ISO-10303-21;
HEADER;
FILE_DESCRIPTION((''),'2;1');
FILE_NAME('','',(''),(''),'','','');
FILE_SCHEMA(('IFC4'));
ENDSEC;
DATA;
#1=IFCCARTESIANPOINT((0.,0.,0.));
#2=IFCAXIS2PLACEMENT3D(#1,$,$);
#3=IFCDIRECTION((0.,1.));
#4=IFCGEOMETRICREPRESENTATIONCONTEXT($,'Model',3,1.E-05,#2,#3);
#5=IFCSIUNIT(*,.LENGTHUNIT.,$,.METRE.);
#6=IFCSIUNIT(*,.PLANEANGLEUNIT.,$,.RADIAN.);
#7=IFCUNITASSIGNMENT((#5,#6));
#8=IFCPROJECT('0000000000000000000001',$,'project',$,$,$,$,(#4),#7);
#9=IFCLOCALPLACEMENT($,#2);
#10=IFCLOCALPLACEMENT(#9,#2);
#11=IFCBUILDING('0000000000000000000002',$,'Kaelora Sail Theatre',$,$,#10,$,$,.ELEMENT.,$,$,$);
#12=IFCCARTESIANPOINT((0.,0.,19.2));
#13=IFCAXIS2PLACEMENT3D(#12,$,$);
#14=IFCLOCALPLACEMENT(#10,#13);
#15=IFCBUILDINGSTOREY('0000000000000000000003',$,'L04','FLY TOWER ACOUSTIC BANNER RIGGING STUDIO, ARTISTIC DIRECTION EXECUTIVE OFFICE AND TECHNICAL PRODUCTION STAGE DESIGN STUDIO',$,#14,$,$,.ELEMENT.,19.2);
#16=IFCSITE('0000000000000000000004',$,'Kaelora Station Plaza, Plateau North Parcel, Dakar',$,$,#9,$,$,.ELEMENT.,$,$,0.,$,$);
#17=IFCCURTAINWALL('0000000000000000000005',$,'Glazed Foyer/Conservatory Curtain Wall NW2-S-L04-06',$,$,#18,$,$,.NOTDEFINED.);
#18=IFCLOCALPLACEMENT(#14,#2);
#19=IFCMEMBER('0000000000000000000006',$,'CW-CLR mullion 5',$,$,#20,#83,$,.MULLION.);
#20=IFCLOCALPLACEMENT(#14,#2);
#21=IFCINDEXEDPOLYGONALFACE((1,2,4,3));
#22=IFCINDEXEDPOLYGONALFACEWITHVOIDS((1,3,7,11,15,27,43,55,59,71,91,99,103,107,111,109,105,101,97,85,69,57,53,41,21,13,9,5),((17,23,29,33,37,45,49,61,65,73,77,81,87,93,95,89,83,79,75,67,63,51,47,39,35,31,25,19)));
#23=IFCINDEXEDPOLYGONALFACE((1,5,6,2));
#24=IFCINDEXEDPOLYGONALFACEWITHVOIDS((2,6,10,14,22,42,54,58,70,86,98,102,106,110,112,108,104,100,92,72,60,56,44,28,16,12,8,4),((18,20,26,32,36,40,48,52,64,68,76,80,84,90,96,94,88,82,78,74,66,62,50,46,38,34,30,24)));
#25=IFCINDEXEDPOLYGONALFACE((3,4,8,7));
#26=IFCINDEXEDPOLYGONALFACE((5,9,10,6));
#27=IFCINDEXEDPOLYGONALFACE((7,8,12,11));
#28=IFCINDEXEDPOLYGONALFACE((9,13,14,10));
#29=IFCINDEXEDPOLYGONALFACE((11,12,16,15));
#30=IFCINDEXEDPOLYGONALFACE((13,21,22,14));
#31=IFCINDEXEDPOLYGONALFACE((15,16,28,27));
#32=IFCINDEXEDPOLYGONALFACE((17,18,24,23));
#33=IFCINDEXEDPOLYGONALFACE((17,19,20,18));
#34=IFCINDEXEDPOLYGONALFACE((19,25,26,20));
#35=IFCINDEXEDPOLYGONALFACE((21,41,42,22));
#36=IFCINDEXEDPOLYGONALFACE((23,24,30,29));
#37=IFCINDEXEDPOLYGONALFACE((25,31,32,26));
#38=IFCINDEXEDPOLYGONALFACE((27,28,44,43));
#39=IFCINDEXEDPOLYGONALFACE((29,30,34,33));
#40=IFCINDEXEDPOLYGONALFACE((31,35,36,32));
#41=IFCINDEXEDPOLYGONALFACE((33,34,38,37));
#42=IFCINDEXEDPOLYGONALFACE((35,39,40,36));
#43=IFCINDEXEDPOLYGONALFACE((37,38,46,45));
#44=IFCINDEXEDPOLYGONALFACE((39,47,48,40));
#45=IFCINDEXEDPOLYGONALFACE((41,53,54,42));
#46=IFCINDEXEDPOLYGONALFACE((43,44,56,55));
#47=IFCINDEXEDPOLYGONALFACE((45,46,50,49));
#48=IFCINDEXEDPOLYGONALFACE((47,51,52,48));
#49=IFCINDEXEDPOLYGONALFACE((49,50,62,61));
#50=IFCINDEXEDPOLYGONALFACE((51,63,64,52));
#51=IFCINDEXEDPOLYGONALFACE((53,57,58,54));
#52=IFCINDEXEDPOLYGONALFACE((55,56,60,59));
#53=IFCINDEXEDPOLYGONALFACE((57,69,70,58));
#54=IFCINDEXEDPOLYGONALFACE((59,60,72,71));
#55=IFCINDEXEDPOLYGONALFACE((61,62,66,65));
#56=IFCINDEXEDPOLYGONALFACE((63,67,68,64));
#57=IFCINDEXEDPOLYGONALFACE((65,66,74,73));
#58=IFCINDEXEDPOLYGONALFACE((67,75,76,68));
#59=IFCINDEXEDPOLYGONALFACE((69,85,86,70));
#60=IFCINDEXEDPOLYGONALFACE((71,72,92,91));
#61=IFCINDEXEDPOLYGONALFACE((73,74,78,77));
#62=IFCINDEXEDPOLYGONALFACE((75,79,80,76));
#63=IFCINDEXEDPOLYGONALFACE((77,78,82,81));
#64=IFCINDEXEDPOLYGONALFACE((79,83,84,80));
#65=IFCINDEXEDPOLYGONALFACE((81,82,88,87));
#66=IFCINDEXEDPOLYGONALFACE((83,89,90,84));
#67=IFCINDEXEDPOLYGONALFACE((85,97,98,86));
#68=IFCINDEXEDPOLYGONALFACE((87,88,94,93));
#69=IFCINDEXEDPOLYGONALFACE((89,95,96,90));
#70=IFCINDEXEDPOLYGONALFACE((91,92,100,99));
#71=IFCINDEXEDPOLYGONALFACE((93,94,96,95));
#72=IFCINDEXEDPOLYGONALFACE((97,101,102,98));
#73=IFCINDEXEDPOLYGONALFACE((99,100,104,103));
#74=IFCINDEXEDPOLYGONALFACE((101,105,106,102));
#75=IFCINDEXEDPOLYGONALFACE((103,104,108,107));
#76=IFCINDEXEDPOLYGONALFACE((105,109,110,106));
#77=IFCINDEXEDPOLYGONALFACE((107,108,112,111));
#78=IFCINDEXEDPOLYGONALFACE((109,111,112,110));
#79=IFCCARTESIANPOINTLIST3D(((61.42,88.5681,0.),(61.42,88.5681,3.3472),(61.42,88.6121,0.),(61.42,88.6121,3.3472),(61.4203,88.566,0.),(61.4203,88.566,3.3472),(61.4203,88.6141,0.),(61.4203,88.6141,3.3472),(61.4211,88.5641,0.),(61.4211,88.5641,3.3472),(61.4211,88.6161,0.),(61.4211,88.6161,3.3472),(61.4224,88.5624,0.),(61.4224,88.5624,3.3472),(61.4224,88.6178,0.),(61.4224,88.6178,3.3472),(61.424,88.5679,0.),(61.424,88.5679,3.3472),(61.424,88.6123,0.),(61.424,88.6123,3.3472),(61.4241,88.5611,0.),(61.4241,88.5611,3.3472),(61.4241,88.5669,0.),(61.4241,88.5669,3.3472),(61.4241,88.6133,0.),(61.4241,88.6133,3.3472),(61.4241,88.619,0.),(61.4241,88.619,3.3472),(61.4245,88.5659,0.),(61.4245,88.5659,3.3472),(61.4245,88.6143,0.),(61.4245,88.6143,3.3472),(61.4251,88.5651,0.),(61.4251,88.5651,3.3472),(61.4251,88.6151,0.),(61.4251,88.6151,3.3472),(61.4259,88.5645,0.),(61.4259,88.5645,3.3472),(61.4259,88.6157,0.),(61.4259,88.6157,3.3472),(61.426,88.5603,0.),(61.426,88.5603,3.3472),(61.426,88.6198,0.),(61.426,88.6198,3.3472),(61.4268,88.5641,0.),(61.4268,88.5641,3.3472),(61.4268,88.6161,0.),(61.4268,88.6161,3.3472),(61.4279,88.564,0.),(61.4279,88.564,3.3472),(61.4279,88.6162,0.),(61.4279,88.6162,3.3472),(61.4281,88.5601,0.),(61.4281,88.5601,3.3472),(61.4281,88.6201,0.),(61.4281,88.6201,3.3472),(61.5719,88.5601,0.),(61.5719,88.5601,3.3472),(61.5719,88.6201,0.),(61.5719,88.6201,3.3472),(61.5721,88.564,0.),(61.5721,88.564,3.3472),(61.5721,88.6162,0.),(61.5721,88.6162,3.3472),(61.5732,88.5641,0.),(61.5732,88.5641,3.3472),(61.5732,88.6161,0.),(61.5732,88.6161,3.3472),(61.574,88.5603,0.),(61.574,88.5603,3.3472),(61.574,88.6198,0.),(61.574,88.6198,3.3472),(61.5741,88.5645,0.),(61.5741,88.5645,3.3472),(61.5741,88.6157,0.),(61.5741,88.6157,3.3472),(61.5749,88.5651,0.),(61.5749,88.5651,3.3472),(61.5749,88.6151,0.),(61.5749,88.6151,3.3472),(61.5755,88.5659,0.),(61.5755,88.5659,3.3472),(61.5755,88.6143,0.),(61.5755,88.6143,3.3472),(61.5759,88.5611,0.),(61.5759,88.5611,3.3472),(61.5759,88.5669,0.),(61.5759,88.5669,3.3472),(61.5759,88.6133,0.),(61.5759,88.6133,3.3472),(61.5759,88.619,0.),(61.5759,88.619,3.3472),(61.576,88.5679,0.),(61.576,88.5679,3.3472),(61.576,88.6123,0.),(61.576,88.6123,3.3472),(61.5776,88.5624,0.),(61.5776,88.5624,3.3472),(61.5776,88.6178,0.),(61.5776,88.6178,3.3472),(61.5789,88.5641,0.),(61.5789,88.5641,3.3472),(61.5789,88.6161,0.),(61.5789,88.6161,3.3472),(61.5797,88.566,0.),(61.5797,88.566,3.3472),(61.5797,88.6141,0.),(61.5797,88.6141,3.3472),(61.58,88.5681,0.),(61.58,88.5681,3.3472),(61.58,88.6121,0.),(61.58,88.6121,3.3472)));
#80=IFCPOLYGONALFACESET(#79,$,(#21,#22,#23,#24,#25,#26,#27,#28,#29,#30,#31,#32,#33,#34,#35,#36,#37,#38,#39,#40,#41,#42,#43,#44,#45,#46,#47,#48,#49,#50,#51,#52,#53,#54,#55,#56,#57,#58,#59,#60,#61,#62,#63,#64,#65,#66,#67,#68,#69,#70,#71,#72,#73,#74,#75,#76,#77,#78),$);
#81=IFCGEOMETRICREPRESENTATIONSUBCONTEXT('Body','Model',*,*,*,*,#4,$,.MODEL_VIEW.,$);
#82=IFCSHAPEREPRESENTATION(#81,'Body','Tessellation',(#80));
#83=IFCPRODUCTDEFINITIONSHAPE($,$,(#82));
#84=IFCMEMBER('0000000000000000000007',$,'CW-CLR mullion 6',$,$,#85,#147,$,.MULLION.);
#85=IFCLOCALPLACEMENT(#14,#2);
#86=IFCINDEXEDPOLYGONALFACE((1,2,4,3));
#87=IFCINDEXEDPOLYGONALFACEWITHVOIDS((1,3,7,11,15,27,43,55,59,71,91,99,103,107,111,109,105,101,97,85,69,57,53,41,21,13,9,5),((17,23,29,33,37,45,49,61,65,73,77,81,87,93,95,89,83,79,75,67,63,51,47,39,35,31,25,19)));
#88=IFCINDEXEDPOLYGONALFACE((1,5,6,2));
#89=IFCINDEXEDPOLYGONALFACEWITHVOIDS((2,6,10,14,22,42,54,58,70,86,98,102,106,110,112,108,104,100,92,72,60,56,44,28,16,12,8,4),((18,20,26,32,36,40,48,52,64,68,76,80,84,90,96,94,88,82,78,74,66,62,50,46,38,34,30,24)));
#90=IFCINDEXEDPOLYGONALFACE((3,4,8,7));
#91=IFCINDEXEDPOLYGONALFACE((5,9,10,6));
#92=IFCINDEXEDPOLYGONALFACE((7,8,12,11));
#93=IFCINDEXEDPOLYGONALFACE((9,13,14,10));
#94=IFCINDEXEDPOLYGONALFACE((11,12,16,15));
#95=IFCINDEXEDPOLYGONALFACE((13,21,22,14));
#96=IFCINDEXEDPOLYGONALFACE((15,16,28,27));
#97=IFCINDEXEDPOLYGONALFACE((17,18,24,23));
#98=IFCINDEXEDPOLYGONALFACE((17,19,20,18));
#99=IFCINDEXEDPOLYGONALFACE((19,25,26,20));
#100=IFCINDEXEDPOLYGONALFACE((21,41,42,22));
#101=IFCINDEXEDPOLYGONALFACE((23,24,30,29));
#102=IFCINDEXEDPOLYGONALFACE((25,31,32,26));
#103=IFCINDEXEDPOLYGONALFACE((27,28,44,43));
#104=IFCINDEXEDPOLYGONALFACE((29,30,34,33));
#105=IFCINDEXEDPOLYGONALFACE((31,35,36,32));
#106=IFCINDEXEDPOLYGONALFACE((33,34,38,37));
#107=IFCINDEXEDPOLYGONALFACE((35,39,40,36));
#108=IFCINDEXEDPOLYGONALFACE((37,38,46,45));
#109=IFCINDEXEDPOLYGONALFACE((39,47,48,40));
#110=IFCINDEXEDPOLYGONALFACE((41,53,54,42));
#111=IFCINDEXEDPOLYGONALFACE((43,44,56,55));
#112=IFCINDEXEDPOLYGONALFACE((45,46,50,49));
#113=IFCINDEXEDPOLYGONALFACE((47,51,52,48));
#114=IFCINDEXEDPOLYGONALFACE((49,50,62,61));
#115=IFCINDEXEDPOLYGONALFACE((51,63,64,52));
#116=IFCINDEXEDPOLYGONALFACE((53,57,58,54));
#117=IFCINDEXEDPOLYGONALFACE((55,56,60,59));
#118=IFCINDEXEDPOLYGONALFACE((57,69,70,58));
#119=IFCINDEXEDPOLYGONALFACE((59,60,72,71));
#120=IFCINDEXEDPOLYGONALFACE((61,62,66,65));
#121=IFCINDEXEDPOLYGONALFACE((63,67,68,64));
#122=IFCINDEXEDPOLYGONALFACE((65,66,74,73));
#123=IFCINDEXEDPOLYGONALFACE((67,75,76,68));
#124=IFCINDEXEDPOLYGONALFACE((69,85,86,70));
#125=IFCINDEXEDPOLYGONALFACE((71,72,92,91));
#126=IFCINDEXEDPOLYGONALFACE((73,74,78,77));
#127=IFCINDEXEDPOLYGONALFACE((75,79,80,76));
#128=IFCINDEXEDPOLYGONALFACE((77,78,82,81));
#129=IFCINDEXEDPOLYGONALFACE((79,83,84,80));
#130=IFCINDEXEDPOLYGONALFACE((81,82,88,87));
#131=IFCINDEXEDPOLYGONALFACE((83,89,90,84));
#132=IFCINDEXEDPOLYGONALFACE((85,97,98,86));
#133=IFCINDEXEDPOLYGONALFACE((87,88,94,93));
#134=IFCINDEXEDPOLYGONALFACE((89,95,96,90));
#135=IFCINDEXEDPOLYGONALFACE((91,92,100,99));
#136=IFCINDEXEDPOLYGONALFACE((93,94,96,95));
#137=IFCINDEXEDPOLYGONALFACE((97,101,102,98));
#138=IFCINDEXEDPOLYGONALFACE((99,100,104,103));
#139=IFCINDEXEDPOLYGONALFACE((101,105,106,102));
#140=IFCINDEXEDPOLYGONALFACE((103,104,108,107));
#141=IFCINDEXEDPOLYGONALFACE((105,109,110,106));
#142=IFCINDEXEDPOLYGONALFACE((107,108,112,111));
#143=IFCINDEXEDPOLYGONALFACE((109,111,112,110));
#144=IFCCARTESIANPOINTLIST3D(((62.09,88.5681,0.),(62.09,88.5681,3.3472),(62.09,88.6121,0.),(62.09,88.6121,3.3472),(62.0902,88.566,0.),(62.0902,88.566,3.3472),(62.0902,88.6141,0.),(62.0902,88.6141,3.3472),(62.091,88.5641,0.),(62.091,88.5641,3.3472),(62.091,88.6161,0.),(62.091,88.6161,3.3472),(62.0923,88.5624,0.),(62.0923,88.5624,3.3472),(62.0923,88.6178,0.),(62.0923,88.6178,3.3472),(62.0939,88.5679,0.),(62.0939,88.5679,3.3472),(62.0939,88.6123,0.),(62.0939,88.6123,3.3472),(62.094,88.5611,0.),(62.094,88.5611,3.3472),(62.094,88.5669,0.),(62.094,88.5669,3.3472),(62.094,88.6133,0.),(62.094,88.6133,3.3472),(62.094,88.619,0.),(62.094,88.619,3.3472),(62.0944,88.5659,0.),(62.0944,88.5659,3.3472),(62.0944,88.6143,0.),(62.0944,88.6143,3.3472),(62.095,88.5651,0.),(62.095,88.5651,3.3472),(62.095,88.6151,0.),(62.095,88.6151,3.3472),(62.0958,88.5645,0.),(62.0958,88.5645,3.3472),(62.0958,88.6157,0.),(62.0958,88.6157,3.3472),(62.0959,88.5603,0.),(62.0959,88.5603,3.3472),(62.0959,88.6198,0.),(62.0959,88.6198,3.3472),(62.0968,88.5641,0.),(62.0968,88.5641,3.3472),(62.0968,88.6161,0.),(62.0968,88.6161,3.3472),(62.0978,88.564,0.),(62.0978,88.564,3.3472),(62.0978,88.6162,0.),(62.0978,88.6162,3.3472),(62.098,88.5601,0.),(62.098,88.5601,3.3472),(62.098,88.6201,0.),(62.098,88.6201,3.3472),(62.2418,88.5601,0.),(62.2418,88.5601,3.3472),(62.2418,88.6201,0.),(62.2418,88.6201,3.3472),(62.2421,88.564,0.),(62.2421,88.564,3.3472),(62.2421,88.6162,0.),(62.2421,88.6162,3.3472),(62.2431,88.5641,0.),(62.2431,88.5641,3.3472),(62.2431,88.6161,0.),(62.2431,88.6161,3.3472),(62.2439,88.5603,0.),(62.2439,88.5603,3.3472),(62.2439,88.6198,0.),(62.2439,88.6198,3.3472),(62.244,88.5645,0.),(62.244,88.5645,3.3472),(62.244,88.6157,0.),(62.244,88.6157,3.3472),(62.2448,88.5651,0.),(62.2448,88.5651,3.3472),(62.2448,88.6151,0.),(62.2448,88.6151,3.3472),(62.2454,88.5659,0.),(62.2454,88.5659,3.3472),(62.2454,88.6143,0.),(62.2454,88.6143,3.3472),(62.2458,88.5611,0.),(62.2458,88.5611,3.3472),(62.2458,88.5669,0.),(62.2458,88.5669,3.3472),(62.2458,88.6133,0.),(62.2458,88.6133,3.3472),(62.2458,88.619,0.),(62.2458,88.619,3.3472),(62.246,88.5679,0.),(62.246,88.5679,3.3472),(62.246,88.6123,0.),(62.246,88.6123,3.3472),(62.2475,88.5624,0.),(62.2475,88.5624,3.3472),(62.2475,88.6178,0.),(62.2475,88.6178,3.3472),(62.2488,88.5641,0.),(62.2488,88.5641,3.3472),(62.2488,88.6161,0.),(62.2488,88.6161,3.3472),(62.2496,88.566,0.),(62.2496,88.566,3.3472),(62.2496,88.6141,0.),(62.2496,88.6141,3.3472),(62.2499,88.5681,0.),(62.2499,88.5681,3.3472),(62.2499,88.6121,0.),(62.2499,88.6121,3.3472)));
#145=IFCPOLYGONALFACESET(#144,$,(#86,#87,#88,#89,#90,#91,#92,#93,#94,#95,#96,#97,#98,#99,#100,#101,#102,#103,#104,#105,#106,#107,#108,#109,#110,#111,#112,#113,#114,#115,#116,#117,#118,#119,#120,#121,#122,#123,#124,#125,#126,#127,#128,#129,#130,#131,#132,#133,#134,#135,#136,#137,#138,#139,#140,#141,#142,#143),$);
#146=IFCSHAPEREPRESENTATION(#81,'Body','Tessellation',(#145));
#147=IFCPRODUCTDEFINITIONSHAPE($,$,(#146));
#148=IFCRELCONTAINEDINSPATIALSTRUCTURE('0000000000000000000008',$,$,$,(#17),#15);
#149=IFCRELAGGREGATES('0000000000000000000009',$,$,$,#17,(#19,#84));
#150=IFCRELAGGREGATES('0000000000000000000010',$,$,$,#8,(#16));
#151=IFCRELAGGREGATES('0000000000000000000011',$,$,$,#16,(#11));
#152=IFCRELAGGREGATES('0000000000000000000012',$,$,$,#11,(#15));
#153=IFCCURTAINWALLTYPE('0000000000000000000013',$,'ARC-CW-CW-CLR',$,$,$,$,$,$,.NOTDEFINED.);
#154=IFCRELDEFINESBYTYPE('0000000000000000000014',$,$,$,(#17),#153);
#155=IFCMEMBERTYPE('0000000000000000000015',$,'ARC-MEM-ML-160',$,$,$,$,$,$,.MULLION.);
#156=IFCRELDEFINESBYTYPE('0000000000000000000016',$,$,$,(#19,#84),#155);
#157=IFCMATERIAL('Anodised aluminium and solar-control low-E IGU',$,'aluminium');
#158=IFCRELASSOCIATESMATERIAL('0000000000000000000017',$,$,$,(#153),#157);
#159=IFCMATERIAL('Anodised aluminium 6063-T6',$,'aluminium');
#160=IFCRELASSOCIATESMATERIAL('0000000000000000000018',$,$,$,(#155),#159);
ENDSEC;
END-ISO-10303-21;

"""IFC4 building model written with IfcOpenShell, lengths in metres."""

from ifc_helpers import new_model, si_unit, direction, frame, origin, origin_2d, place, context, subcontext, project, spatial, hollow_rectangle, extrude, material, material_profile, profile_set, type_object, element, aggregate, save


model = new_model("IFC4")

# Units and contexts
model_context = context("Model", 3, precision=1e-05, world=origin(), true_north=direction((0.0, 1.0)))
body_context = subcontext(model_context, "Body", "Model", "MODEL_VIEW")
ifc_project = project(units=[si_unit("LENGTHUNIT", "METRE"), si_unit("PLANEANGLEUNIT", "RADIAN")], contexts=[model_context])

# Site, building, storey
site_placement = place(None, origin())
site = spatial("IfcSite", under=ifc_project, at=site_placement, Name="Kaelora Station Plaza, Plateau North Parcel, Dakar", CompositionType="ELEMENT", RefElevation=0.0)
building_placement = place(site_placement, origin())
building = spatial("IfcBuilding", under=site, at=building_placement, Name="Kaelora Sail Theatre", CompositionType="ELEMENT")
storey_placement = place(building_placement, frame((0.0, 0.0, 19.2)))
storey = spatial("IfcBuildingStorey", under=building, at=storey_placement, Name="L04", Description="FLY TOWER ACOUSTIC BANNER RIGGING STUDIO, ARTISTIC DIRECTION EXECUTIVE OFFICE AND TECHNICAL PRODUCTION STAGE DESIGN STUDIO", CompositionType="ELEMENT", Elevation=19.2)

# Curtain wall, members
ifc_material_1 = material(Name="Anodised aluminium and solar-control low-E IGU", Category="aluminium")
curtain_wall_type = type_object("IfcCurtainWallType", Name="ARC-CW-CW-CLR", PredefinedType="NOTDEFINED", material=ifc_material_1)
curtain_wall_1_placement = place(storey_placement, origin())
curtain_wall_1 = element("IfcCurtainWall", 1, at=curtain_wall_1_placement, inside=storey, type_object=curtain_wall_type, Name="Glazed Foyer/Conservatory Curtain Wall NW2-S-L04-06", PredefinedType="NOTDEFINED")
ifc_material_2 = material(Name="Anodised aluminium 6063-T6", Category="aluminium")
ifc_material_profile_1 = material_profile(ifc_material_2, hollow_rectangle(XDim=0.0601, YDim=0.1599, WallThickness=0.0039, InnerFilletRadius=0.0039, OuterFilletRadius=0.0081, at=origin_2d()), Name="ALU-MULL 60x160x4")
ifc_profile_set_1 = profile_set([ifc_material_profile_1], Name="Anodised aluminium 6063-T6")
member_type_1 = type_object("IfcMemberType", Name="ARC-MEM-ML-160", PredefinedType="MULLION", material=ifc_profile_set_1)
member_1_placement = place(storey_placement, frame((61.5, 88.5901, 0.0), z_axis=(0.0, 0.0, 1.0), x_axis=(0.0, 1.0, 0.0)))
member_1 = element("IfcMember", 2, at=member_1_placement, type_object=member_type_1, Name="CW-CLR mullion 5", PredefinedType="MULLION", context=body_context, shape_type="SweptSolid", body=[
    extrude(hollow_rectangle(XDim=0.0601, YDim=0.1599, WallThickness=0.0039, InnerFilletRadius=0.0039, OuterFilletRadius=0.0081, at=origin_2d()), origin(), (0.0, 0.0, 1.0), 3.3472),
])
member_2_placement = place(storey_placement, frame((62.1699, 88.5901, 0.0), z_axis=(0.0, 0.0, 1.0), x_axis=(0.0, 1.0, 0.0)))
member_2 = element("IfcMember", 3, at=member_2_placement, type_object=member_type_1, Name="CW-CLR mullion 6", PredefinedType="MULLION", context=body_context, shape_type="SweptSolid", body=[
    extrude(hollow_rectangle(XDim=0.0601, YDim=0.1599, WallThickness=0.0039, InnerFilletRadius=0.0039, OuterFilletRadius=0.0081, at=origin_2d()), origin(), (0.0, 0.0, 1.0), 3.3472),
])

aggregate(curtain_wall_1, [member_1, member_2])

save(model, "model.ifc")
